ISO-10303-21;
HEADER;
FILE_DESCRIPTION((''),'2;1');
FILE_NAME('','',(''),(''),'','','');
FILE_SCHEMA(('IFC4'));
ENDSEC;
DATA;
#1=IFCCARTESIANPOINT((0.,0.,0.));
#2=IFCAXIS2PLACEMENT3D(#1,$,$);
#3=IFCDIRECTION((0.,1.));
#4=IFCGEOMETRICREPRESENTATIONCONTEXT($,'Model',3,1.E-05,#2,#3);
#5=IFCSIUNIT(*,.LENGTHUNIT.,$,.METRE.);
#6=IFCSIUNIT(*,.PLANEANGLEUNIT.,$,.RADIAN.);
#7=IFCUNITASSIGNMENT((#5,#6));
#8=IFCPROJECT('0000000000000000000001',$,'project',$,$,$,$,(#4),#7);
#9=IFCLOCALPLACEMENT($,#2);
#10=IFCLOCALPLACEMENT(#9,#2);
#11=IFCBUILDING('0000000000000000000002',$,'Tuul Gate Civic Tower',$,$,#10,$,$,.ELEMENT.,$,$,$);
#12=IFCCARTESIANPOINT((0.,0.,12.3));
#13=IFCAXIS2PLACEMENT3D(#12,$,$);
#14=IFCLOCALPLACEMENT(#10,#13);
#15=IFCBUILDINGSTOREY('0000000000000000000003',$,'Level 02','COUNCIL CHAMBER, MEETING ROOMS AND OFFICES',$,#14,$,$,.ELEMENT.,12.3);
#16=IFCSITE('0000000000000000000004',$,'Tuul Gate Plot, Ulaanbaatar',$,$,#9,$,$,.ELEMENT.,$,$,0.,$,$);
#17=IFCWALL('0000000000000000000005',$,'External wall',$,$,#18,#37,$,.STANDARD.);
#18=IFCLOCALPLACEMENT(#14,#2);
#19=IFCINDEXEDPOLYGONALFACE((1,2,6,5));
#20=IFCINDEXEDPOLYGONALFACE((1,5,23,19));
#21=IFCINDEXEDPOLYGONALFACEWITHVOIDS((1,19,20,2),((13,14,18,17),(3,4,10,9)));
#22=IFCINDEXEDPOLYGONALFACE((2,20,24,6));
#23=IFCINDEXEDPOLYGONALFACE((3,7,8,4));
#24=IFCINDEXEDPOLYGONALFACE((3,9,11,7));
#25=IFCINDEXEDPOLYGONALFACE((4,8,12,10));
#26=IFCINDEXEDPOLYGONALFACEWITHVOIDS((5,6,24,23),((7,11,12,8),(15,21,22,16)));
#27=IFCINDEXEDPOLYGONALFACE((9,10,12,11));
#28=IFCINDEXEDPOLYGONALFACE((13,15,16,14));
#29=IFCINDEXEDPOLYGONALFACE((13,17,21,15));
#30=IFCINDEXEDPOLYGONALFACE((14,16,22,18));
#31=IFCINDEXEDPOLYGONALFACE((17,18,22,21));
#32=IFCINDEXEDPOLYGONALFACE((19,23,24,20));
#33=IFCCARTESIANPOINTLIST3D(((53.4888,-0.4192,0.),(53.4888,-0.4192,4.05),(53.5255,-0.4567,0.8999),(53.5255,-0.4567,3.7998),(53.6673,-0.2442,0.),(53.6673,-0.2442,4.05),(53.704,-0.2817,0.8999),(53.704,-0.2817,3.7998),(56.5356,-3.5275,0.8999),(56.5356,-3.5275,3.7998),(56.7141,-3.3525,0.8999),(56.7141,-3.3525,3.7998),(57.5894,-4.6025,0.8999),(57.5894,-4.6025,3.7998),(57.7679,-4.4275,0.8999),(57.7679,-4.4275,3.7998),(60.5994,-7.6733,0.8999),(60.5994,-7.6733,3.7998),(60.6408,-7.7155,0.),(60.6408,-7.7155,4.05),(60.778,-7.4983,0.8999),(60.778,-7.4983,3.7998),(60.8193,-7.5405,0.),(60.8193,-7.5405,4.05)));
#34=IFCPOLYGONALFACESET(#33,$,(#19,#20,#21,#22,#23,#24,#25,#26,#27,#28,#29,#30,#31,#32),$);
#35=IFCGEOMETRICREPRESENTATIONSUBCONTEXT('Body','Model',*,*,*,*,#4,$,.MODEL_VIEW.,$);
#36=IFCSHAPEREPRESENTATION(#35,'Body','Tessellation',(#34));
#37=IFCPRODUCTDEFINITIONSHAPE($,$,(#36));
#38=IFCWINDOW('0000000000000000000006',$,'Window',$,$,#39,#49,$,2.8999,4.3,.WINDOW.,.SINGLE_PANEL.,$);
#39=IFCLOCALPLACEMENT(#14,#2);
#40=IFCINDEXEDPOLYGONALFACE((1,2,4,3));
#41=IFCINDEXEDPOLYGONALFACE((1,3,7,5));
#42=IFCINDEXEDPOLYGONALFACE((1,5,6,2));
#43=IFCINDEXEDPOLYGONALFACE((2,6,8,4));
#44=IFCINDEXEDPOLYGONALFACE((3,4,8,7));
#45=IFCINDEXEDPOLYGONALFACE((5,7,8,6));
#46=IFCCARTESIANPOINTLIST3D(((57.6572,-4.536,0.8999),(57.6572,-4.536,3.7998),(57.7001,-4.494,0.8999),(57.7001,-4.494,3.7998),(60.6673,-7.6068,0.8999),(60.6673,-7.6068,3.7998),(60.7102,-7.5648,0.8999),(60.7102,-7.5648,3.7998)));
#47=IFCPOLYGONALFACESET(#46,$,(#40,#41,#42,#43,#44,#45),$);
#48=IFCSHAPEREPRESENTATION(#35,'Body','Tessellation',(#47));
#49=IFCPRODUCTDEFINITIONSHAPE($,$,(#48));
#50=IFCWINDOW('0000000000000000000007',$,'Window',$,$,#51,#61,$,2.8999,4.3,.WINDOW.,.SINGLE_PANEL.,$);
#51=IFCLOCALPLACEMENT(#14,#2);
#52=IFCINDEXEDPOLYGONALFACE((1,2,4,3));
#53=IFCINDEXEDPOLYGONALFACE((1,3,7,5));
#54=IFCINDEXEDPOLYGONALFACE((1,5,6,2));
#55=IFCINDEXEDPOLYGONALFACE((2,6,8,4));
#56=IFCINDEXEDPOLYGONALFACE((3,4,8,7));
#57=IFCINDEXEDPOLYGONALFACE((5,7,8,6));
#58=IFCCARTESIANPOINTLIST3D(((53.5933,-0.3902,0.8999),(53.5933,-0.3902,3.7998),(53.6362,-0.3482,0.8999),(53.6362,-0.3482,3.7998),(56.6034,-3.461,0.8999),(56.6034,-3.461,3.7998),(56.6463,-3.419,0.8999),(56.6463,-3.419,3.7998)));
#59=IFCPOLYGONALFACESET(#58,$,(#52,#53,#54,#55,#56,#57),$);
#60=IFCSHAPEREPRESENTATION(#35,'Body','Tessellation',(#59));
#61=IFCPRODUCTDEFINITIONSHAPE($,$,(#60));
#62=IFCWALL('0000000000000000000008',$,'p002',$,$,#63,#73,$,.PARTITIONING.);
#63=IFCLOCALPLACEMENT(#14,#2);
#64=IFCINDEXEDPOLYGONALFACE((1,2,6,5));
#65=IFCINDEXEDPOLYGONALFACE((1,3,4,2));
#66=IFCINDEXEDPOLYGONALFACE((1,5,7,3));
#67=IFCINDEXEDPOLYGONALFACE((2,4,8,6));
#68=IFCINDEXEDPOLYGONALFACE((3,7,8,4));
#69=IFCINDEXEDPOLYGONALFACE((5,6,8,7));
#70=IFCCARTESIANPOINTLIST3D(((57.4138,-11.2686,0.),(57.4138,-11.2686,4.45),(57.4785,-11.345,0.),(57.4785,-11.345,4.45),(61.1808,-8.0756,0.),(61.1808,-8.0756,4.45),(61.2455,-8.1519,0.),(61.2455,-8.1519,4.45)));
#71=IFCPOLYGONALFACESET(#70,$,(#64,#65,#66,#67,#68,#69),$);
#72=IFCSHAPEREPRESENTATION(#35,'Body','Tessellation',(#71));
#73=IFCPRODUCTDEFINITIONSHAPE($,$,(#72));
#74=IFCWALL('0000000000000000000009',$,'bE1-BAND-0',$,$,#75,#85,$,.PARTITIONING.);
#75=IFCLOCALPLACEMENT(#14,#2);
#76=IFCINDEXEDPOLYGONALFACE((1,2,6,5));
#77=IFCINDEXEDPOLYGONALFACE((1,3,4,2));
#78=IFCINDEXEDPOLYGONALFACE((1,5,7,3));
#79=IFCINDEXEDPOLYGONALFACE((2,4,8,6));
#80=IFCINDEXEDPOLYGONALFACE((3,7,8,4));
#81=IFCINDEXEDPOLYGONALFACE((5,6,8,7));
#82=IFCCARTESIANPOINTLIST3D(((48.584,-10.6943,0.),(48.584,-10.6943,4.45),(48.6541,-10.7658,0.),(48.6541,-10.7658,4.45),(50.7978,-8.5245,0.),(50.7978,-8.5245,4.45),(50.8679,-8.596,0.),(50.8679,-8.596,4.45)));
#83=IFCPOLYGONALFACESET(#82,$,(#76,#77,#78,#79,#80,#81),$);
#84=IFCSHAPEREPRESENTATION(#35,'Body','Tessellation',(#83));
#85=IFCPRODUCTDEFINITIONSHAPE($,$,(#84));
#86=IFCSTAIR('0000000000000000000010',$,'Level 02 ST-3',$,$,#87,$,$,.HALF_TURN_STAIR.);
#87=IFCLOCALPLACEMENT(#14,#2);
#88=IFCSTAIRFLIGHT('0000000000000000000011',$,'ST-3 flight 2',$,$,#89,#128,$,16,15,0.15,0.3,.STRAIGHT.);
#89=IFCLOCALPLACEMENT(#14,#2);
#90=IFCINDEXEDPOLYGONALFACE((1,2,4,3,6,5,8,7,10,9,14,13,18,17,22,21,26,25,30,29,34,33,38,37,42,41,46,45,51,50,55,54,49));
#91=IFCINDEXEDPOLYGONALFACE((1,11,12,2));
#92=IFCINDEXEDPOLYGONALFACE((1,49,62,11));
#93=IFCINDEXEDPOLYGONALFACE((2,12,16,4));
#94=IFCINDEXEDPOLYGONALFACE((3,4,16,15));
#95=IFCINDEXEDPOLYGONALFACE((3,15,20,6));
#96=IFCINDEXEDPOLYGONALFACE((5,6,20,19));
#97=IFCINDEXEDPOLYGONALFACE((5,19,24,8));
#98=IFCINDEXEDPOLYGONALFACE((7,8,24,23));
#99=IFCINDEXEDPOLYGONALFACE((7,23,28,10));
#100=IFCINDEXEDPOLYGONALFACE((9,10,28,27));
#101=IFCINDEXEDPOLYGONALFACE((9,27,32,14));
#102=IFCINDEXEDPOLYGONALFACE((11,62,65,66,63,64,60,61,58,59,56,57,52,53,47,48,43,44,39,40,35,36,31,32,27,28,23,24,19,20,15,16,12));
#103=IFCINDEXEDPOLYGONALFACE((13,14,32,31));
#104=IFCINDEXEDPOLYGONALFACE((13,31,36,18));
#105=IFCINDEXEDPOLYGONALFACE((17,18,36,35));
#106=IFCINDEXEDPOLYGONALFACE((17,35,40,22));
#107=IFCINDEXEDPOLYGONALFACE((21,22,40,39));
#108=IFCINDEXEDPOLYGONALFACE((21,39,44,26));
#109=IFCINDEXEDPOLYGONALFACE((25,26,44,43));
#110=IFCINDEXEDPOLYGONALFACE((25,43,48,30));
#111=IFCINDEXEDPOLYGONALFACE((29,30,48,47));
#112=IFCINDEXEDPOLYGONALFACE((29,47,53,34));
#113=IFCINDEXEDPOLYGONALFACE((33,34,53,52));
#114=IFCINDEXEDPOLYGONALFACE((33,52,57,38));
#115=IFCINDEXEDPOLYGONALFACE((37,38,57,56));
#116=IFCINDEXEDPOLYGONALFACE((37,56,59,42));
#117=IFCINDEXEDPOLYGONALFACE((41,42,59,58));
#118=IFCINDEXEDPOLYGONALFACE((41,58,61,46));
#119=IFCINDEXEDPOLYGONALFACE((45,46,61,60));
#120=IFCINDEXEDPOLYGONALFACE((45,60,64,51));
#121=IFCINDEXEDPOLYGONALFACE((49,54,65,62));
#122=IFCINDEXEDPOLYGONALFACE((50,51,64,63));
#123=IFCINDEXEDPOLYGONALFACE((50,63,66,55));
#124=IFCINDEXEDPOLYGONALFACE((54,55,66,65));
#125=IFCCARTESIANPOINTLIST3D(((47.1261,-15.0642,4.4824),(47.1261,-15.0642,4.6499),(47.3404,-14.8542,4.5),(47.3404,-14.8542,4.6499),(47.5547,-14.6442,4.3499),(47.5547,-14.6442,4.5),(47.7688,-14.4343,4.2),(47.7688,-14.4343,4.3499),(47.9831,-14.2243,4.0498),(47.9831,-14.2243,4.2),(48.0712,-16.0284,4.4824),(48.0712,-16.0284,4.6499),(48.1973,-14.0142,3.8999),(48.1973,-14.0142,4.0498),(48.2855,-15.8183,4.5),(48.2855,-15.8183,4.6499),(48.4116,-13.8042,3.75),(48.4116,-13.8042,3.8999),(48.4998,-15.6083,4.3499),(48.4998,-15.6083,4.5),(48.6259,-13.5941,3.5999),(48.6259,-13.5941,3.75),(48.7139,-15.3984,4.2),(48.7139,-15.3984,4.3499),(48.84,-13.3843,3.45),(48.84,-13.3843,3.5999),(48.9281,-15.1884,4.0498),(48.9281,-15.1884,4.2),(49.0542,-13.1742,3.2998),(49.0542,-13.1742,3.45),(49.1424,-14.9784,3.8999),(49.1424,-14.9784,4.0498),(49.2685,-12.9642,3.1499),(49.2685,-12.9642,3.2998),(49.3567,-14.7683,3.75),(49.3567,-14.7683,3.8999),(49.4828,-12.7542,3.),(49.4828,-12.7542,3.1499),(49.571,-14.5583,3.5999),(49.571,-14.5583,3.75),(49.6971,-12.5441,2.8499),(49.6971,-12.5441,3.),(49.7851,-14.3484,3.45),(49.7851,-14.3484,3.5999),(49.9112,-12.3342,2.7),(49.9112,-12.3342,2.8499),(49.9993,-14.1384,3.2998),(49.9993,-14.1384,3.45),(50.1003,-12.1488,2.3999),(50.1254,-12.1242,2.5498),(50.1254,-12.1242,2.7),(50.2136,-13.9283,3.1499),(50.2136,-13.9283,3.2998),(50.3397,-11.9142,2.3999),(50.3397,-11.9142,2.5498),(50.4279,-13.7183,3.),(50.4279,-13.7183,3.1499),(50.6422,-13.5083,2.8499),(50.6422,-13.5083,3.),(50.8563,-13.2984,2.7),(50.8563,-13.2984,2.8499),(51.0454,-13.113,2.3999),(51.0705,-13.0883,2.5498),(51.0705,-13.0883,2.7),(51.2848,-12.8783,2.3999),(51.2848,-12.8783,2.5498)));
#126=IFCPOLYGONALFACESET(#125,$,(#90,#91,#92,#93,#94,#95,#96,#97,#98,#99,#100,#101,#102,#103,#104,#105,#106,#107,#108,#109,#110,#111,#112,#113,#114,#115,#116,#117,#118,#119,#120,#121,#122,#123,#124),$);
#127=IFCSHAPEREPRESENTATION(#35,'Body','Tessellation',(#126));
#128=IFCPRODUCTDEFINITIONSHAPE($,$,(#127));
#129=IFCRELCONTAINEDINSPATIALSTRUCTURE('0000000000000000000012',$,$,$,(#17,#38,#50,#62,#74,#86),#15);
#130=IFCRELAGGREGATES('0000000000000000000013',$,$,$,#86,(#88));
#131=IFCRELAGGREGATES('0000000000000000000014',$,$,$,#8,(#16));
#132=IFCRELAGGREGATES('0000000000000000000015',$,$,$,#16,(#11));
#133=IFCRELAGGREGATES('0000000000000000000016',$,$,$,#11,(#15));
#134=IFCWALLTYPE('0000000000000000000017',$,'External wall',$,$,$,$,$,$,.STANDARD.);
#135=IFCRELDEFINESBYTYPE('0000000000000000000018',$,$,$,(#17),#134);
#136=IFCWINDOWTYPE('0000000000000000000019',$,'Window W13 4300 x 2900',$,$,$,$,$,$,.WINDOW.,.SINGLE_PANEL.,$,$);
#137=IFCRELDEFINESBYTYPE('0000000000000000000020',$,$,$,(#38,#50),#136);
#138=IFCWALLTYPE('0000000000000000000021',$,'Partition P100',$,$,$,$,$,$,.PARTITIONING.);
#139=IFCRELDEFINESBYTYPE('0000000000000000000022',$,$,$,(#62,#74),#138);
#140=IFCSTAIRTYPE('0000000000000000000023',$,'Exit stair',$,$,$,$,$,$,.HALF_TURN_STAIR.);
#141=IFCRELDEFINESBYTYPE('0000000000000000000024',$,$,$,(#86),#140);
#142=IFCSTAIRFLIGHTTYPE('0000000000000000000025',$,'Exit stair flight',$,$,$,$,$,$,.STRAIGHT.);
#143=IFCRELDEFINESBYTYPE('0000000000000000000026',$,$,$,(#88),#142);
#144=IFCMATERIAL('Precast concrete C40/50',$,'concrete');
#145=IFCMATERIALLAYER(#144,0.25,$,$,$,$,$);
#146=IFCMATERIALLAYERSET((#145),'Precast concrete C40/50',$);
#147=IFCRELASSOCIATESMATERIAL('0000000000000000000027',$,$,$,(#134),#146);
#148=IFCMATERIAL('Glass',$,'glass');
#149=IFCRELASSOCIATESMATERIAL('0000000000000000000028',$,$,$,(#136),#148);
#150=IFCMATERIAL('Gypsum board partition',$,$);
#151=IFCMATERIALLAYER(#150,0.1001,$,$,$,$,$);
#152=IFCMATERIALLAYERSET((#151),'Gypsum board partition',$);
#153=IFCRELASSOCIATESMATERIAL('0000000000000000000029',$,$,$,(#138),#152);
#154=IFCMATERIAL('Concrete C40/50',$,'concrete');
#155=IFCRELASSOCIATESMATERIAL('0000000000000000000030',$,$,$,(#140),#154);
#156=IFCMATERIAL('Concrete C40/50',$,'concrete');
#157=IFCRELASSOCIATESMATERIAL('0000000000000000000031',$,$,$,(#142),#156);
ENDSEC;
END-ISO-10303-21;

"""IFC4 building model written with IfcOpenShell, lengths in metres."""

from ifc_helpers import new_model, si_unit, direction, frame, frame_2d, origin, place, context, subcontext, project, spatial, polyline, rectangle, outline, extrude, material, layer, layer_set, type_object, element, fill, aggregate, save


model = new_model("IFC4")

# Units and contexts
model_context = context("Model", 3, precision=1e-05, world=origin(), true_north=direction((0.0, 1.0)))
body_context = subcontext(model_context, "Body", "Model", "MODEL_VIEW")
ifc_project = project(units=[si_unit("LENGTHUNIT", "METRE"), si_unit("PLANEANGLEUNIT", "RADIAN")], contexts=[model_context])

# Site, building, storey
site_placement = place(None, origin())
site = spatial("IfcSite", under=ifc_project, at=site_placement, Name="Tuul Gate Plot, Ulaanbaatar", CompositionType="ELEMENT", RefElevation=0.0)
building_placement = place(site_placement, origin())
building = spatial("IfcBuilding", under=site, at=building_placement, Name="Tuul Gate Civic Tower", CompositionType="ELEMENT")
storey_placement = place(building_placement, frame((0.0, 0.0, 12.3)))
storey = spatial("IfcBuildingStorey", under=building, at=storey_placement, Name="Level 02", Description="COUNCIL CHAMBER, MEETING ROOMS AND OFFICES", CompositionType="ELEMENT", Elevation=12.3)

# Wall, openings, windows
ifc_material_1 = material(Name="Precast concrete C40/50", Category="concrete")
ifc_layer_1 = layer(ifc_material_1, 0.25)
ifc_layer_set_1 = layer_set([ifc_layer_1], Name="Precast concrete C40/50")
wall_type_1 = type_object("IfcWallType", Name="External wall", PredefinedType="STANDARD", material=ifc_layer_set_1)
wall_1_placement = place(storey_placement, frame((60.73, -7.6279, 0.0), z_axis=(0.0, 0.0, 1.0), x_axis=(-0.70001, 0.714133, 0.0)))
wall_1 = element("IfcWall", 1, at=wall_1_placement, inside=storey, type_object=wall_type_1, Name="External wall", PredefinedType="STANDARD", context=body_context, shape_type="SweptSolid", body=[
    extrude(rectangle(XDim=10.217, YDim=0.25, at=frame_2d((5.1084, 0.0))), origin(), (0.0, 0.0, 1.0), 4.05),
])
opening_1_placement = place(wall_1_placement, frame((0.0591, 0.0, 0.8999)))
opening_1 = element("IfcOpeningElement", 2, at=opening_1_placement, cuts=wall_1, PredefinedType="OPENING", context=body_context, shape_type="SweptSolid", body=[
    extrude(rectangle(XDim=4.3, YDim=2.8999, at=frame_2d((2.1499, 1.45))), frame((0.0, 0.135, 0.0), z_axis=(0.0, -1.0, 0.0), x_axis=(1.0, 0.0, 0.0)), (0.0, 0.0, 1.0), 0.27),
])
opening_2_placement = place(wall_1_placement, frame((5.8645, 0.0, 0.8999)))
opening_2 = element("IfcOpeningElement", 3, at=opening_2_placement, cuts=wall_1, PredefinedType="OPENING", context=body_context, shape_type="SweptSolid", body=[
    extrude(rectangle(XDim=4.3, YDim=2.8999, at=frame_2d((2.1499, 1.45))), frame((0.0, 0.135, 0.0), z_axis=(0.0, -1.0, 0.0), x_axis=(1.0, 0.0, 0.0)), (0.0, 0.0, 1.0), 0.27),
])
ifc_material_2 = material(Name="Glass", Category="glass")
window_type = type_object("IfcWindowType", Name="Window W13 4300 x 2900", PartitioningType="SINGLE_PANEL", PredefinedType="WINDOW", material=ifc_material_2)
window_1_placement = place(opening_1_placement, origin())
window_1 = element("IfcWindow", 4, at=window_1_placement, inside=storey, type_object=window_type, Name="Window", OverallHeight=2.8999, OverallWidth=4.3, PartitioningType="SINGLE_PANEL", PredefinedType="WINDOW", context=body_context, shape_type="SweptSolid", body=[
    extrude(rectangle(XDim=4.3, YDim=2.8999, at=frame_2d((2.1499, 1.45))), frame((0.0, 0.03, 0.0), z_axis=(0.0, -1.0, 0.0), x_axis=(1.0, 0.0, 0.0)), (0.0, 0.0, 1.0), 0.0601),
])
fill(opening_1, window_1)
window_2_placement = place(opening_2_placement, origin())
window_2 = element("IfcWindow", 5, at=window_2_placement, inside=storey, type_object=window_type, Name="Window", OverallHeight=2.8999, OverallWidth=4.3, PartitioningType="SINGLE_PANEL", PredefinedType="WINDOW", context=body_context, shape_type="SweptSolid", body=[
    extrude(rectangle(XDim=4.3, YDim=2.8999, at=frame_2d((2.1499, 1.45))), frame((0.0, 0.03, 0.0), z_axis=(0.0, -1.0, 0.0), x_axis=(1.0, 0.0, 0.0)), (0.0, 0.0, 1.0), 0.0601),
])
fill(opening_2, window_2)

# Walls
ifc_material_3 = material(Name="Gypsum board partition")
ifc_layer_2 = layer(ifc_material_3, 0.1001)
ifc_layer_set_2 = layer_set([ifc_layer_2], Name="Gypsum board partition")
wall_type_2 = type_object("IfcWallType", Name="Partition P100", PredefinedType="PARTITIONING", material=ifc_layer_set_2)
wall_2_placement = place(storey_placement, frame((57.446, -11.3069, 0.0), z_axis=(0.0, 0.0, 1.0), x_axis=(0.762829, 0.6466, 0.0)))
element("IfcWall", 6, at=wall_2_placement, inside=storey, type_object=wall_type_2, Name="p002", PredefinedType="PARTITIONING", context=body_context, shape_type="SweptSolid", body=[
    extrude(rectangle(XDim=4.9382, YDim=0.1001, at=frame_2d((2.4692, 0.0))), origin(), (0.0, 0.0, 1.0), 4.45),
])
wall_3_placement = place(storey_placement, frame((48.6191, -10.73, 0.0), z_axis=(0.0, 0.0, 1.0), x_axis=(0.714159, 0.699983, 0.0)))
element("IfcWall", 7, at=wall_3_placement, inside=storey, type_object=wall_type_2, Name="bE1-BAND-0", PredefinedType="PARTITIONING", context=body_context, shape_type="SweptSolid", body=[
    extrude(rectangle(XDim=3.0999, YDim=0.1001, at=frame_2d((1.5498, 0.0))), origin(), (0.0, 0.0, 1.0), 4.45),
])

# Stair, stair flight
ifc_material_4 = material(Name="Concrete C40/50", Category="concrete")
stair_type = type_object("IfcStairType", Name="Exit stair", PredefinedType="HALF_TURN_STAIR", material=ifc_material_4)
stair_placement = place(storey_placement, origin())
stair = element("IfcStair", 8, at=stair_placement, inside=storey, type_object=stair_type, Name="Level 02 ST-3", PredefinedType="HALF_TURN_STAIR")
ifc_material_5 = material(Name="Concrete C40/50", Category="concrete")
stair_flight_type = type_object("IfcStairFlightType", Name="Exit stair flight", PredefinedType="STRAIGHT", material=ifc_material_5)
stair_flight_placement = place(storey_placement, frame((50.8123, -12.3962, 2.3999), z_axis=(0.0, 0.0, 1.0), x_axis=(-0.714127, -0.700016, 0.0)))
stair_flight = element("IfcStairFlight", 9, at=stair_flight_placement, type_object=stair_flight_type, Name="ST-3 flight 2", NumberOfRisers=16, NumberOfTreads=15, PredefinedType="STRAIGHT", RiserHeight=0.15, TreadLength=0.3, context=body_context, shape_type="SweptSolid", body=[
    extrude(outline(polyline([(0.0, 0.0), (0.0, 0.1499), (0.3, 0.1499), (0.3, 0.3), (0.6001, 0.3), (0.6001, 0.45), (0.8999, 0.45), (0.8999, 0.6001), (1.2, 0.6001), (1.2, 0.75), (1.5, 0.75), (1.5, 0.8999), (1.8, 0.8999), (1.8, 1.05), (2.1001, 1.05), (2.1001, 1.2), (2.3999, 1.2), (2.3999, 1.3501), (2.7, 1.3501), (2.7, 1.5), (3.0, 1.5), (3.0, 1.6499), (3.3, 1.6499), (3.3, 1.8), (3.6001, 1.8), (3.6001, 1.95), (3.8999, 1.95), (3.8999, 2.1001), (4.2, 2.1001), (4.2, 2.25), (4.5, 2.25), (4.5, 2.3999), (4.5, 2.0825), (0.3352, 0.0), (0.0, 0.0)])), frame((0.0, 0.675, 0.0), z_axis=(0.0, -1.0, 0.0), x_axis=(1.0, 0.0, 0.0)), (0.0, 0.0, 1.0), 1.3501),
])
aggregate(stair, [stair_flight])

save(model, "model.ifc")
